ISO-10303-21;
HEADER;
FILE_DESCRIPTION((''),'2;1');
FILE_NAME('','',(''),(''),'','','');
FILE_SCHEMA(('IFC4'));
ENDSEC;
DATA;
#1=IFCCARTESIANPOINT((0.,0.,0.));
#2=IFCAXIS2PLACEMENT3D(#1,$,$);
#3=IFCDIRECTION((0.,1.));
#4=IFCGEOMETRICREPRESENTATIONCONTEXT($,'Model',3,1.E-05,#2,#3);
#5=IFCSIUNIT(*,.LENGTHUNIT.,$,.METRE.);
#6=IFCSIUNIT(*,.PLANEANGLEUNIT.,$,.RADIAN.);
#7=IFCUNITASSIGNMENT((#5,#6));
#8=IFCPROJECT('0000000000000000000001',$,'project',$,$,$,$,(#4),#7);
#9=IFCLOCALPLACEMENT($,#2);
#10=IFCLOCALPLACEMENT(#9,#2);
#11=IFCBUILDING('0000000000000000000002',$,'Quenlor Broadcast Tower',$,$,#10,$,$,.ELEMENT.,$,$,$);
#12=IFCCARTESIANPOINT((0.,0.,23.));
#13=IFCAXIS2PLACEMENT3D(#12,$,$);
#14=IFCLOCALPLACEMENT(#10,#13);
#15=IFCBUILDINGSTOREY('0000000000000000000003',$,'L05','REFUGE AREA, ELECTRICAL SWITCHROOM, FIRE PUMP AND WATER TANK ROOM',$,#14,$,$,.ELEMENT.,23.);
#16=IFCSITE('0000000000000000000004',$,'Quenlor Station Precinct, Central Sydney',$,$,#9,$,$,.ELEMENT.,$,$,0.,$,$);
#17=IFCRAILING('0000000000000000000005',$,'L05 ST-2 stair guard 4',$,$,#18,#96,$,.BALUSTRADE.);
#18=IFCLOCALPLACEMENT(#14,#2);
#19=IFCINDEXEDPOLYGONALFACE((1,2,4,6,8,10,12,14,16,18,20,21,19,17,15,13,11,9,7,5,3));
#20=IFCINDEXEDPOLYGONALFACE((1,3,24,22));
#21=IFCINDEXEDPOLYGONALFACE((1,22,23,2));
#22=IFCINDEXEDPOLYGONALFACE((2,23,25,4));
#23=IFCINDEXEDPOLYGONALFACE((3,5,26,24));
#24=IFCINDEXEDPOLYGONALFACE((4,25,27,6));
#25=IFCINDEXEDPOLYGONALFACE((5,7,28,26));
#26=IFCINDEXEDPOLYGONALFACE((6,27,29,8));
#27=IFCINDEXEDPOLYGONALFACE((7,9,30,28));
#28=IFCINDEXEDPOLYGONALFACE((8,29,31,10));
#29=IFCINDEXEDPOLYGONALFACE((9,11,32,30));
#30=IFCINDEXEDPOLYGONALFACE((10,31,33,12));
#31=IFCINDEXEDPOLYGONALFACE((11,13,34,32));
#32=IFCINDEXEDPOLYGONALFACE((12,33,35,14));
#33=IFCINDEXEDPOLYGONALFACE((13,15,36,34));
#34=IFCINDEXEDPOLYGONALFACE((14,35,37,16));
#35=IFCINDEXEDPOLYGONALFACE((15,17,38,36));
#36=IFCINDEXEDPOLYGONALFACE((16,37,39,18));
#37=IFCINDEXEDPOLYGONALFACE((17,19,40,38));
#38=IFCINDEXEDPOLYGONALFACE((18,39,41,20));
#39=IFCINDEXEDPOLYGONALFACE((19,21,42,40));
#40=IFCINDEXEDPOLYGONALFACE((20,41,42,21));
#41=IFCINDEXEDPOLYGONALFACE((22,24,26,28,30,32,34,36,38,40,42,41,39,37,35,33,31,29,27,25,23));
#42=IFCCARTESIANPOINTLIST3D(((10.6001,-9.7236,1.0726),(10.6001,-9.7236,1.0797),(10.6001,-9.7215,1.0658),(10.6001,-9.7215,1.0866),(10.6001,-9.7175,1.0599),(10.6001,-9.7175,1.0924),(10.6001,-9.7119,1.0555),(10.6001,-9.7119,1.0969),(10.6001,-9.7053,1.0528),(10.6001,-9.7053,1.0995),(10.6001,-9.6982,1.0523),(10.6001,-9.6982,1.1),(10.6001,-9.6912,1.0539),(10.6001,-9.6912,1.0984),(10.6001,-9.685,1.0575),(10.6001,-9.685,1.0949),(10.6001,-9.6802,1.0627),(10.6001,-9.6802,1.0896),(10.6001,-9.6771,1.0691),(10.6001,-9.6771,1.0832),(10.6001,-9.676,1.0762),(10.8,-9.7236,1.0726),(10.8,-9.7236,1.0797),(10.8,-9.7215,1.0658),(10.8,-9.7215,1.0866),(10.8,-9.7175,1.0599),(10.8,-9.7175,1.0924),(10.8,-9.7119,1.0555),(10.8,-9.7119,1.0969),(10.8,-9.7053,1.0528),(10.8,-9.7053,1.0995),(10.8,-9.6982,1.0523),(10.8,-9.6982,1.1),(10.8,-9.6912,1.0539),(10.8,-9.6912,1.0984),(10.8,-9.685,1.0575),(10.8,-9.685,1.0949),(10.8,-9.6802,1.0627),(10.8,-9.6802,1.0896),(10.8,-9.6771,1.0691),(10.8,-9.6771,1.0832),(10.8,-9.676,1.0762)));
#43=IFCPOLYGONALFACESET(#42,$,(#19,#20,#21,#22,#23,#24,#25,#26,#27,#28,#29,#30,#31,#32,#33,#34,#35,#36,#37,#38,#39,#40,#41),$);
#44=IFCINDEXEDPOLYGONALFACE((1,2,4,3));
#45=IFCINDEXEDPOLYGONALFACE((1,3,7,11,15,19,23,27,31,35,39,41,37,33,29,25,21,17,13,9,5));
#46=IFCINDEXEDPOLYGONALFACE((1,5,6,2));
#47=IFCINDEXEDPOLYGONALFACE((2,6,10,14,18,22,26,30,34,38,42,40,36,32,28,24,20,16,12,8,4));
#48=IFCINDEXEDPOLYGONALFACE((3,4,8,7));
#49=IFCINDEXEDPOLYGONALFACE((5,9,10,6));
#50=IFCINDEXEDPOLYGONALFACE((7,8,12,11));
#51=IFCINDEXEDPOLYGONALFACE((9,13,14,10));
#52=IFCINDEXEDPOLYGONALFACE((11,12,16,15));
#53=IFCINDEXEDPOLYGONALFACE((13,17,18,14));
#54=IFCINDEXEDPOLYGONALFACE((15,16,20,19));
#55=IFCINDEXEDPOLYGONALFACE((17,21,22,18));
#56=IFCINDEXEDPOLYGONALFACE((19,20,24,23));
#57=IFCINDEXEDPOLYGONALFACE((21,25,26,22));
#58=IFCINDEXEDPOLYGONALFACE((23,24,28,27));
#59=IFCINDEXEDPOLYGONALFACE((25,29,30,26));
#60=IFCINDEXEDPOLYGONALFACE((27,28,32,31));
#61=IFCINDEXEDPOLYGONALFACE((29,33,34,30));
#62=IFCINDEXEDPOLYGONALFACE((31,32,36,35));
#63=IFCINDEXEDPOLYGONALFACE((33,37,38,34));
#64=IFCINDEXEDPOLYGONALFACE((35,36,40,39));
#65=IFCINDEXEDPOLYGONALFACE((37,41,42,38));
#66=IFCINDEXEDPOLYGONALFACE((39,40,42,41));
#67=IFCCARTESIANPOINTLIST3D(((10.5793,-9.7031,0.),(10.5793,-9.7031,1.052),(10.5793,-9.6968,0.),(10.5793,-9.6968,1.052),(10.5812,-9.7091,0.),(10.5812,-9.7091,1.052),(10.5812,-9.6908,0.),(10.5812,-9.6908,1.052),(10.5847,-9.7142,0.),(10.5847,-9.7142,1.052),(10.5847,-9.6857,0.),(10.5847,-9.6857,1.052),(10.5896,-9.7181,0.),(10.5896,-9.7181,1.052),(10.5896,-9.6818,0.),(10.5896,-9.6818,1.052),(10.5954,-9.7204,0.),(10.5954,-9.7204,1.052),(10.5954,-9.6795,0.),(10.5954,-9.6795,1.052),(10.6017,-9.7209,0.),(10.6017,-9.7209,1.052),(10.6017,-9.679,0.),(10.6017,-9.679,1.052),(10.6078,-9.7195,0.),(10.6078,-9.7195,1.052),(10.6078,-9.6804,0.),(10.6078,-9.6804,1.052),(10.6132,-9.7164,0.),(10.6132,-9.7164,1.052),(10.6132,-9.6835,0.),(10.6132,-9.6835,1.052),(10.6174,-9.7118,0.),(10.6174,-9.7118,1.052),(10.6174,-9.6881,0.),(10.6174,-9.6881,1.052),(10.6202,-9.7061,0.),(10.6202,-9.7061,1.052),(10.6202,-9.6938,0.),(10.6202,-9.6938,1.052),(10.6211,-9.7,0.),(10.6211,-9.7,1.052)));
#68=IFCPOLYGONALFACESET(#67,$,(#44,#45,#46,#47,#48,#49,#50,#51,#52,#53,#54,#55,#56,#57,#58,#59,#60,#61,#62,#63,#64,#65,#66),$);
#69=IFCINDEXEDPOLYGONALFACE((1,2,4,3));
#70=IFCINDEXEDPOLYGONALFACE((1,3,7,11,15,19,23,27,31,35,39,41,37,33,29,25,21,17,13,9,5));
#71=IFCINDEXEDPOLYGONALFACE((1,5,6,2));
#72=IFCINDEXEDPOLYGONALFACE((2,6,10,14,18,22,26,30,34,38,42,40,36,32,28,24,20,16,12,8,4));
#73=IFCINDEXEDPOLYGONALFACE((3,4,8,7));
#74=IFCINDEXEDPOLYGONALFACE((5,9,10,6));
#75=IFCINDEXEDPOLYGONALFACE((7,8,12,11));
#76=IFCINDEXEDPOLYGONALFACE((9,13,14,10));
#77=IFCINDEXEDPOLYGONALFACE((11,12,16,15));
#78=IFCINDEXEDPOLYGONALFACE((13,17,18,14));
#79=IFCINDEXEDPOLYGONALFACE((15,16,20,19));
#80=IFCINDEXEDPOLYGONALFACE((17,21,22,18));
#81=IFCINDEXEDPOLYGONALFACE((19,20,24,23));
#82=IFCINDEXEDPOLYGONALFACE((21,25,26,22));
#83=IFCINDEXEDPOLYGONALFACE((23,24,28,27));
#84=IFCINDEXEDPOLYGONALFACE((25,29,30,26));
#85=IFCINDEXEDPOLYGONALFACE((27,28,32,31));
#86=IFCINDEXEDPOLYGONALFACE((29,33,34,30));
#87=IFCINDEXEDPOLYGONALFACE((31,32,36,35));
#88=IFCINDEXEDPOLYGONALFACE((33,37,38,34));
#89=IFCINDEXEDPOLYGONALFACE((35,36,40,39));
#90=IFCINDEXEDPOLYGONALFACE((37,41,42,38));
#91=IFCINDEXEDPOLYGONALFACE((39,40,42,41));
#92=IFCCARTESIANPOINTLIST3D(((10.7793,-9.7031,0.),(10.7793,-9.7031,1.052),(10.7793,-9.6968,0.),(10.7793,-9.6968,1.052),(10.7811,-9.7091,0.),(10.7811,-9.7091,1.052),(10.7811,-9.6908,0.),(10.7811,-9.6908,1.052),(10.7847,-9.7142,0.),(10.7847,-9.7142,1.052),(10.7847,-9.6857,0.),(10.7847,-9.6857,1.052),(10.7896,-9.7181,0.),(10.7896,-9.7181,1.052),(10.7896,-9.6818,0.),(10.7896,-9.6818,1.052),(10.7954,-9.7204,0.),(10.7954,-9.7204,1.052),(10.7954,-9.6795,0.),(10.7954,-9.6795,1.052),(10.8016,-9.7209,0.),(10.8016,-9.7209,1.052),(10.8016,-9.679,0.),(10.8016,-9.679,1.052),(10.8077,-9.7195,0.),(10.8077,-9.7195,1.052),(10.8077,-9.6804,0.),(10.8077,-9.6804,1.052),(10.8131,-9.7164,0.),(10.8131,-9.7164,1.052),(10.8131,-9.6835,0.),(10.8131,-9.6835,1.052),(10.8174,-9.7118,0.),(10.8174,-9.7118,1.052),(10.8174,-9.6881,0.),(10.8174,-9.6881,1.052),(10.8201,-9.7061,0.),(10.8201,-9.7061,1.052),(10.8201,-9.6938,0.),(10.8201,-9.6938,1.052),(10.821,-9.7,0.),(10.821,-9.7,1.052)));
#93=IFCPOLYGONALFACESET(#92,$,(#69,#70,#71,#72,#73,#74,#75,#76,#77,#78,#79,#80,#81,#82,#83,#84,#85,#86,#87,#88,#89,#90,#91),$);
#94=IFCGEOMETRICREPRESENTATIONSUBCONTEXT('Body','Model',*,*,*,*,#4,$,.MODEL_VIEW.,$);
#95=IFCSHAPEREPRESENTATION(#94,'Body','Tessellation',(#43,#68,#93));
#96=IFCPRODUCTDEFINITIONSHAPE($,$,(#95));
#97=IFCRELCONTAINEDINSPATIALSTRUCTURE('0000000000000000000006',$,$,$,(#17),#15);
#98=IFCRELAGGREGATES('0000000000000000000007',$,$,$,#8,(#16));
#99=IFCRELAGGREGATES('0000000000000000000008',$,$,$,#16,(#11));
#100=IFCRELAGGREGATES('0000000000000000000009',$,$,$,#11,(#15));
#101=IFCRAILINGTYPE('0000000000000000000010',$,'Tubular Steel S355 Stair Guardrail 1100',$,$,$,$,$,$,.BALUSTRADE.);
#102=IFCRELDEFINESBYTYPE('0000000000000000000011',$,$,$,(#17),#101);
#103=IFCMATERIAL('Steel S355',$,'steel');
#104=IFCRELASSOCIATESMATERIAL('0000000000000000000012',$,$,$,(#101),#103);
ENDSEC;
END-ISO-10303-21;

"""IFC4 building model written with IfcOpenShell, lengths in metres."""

from ifc_helpers import new_model, si_unit, direction, frame, origin, origin_2d, place, context, subcontext, project, spatial, circle, extrude, material, type_object, element, save


model = new_model("IFC4")

# Units and contexts
model_context = context("Model", 3, precision=1e-05, world=origin(), true_north=direction((0.0, 1.0)))
body_context = subcontext(model_context, "Body", "Model", "MODEL_VIEW")
ifc_project = project(units=[si_unit("LENGTHUNIT", "METRE"), si_unit("PLANEANGLEUNIT", "RADIAN")], contexts=[model_context])

# Site, building, storey
site_placement = place(None, origin())
site = spatial("IfcSite", under=ifc_project, at=site_placement, Name="Quenlor Station Precinct, Central Sydney", CompositionType="ELEMENT", RefElevation=0.0)
building_placement = place(site_placement, origin())
building = spatial("IfcBuilding", under=site, at=building_placement, Name="Quenlor Broadcast Tower", CompositionType="ELEMENT")
storey_placement = place(building_placement, frame((0.0, 0.0, 23.0)))
storey = spatial("IfcBuildingStorey", under=building, at=storey_placement, Name="L05", Description="REFUGE AREA, ELECTRICAL SWITCHROOM, FIRE PUMP AND WATER TANK ROOM", CompositionType="ELEMENT", Elevation=23.0)

# Railing
ifc_material_1 = material(Name="Steel S355", Category="steel")
railing_type_1 = type_object("IfcRailingType", Name="Tubular Steel S355 Stair Guardrail 1100", PredefinedType="BALUSTRADE", material=ifc_material_1)
railing_1_placement = place(storey_placement, frame((10.6001, -9.7, 0.0)))
element("IfcRailing", 1, at=railing_1_placement, inside=storey, type_object=railing_type_1, Name="L05 ST-2 stair guard 4", PredefinedType="BALUSTRADE", context=body_context, shape_type="SweptSolid", body=[
    extrude(circle(Radius=0.0239, at=origin_2d()), frame((0.0, 0.0, 1.0762), z_axis=(1.0, 0.0, 0.0), x_axis=(0.0, 1.0, 0.0)), (0.0, 0.0, 1.0), 0.2),
    extrude(circle(Radius=0.021, at=origin_2d()), origin(), (0.0, 0.0, 1.0), 1.052),
    extrude(circle(Radius=0.021, at=origin_2d()), frame((0.2, 0.0, 0.0)), (0.0, 0.0, 1.0), 1.052),
])

save(model, "model.ifc")
